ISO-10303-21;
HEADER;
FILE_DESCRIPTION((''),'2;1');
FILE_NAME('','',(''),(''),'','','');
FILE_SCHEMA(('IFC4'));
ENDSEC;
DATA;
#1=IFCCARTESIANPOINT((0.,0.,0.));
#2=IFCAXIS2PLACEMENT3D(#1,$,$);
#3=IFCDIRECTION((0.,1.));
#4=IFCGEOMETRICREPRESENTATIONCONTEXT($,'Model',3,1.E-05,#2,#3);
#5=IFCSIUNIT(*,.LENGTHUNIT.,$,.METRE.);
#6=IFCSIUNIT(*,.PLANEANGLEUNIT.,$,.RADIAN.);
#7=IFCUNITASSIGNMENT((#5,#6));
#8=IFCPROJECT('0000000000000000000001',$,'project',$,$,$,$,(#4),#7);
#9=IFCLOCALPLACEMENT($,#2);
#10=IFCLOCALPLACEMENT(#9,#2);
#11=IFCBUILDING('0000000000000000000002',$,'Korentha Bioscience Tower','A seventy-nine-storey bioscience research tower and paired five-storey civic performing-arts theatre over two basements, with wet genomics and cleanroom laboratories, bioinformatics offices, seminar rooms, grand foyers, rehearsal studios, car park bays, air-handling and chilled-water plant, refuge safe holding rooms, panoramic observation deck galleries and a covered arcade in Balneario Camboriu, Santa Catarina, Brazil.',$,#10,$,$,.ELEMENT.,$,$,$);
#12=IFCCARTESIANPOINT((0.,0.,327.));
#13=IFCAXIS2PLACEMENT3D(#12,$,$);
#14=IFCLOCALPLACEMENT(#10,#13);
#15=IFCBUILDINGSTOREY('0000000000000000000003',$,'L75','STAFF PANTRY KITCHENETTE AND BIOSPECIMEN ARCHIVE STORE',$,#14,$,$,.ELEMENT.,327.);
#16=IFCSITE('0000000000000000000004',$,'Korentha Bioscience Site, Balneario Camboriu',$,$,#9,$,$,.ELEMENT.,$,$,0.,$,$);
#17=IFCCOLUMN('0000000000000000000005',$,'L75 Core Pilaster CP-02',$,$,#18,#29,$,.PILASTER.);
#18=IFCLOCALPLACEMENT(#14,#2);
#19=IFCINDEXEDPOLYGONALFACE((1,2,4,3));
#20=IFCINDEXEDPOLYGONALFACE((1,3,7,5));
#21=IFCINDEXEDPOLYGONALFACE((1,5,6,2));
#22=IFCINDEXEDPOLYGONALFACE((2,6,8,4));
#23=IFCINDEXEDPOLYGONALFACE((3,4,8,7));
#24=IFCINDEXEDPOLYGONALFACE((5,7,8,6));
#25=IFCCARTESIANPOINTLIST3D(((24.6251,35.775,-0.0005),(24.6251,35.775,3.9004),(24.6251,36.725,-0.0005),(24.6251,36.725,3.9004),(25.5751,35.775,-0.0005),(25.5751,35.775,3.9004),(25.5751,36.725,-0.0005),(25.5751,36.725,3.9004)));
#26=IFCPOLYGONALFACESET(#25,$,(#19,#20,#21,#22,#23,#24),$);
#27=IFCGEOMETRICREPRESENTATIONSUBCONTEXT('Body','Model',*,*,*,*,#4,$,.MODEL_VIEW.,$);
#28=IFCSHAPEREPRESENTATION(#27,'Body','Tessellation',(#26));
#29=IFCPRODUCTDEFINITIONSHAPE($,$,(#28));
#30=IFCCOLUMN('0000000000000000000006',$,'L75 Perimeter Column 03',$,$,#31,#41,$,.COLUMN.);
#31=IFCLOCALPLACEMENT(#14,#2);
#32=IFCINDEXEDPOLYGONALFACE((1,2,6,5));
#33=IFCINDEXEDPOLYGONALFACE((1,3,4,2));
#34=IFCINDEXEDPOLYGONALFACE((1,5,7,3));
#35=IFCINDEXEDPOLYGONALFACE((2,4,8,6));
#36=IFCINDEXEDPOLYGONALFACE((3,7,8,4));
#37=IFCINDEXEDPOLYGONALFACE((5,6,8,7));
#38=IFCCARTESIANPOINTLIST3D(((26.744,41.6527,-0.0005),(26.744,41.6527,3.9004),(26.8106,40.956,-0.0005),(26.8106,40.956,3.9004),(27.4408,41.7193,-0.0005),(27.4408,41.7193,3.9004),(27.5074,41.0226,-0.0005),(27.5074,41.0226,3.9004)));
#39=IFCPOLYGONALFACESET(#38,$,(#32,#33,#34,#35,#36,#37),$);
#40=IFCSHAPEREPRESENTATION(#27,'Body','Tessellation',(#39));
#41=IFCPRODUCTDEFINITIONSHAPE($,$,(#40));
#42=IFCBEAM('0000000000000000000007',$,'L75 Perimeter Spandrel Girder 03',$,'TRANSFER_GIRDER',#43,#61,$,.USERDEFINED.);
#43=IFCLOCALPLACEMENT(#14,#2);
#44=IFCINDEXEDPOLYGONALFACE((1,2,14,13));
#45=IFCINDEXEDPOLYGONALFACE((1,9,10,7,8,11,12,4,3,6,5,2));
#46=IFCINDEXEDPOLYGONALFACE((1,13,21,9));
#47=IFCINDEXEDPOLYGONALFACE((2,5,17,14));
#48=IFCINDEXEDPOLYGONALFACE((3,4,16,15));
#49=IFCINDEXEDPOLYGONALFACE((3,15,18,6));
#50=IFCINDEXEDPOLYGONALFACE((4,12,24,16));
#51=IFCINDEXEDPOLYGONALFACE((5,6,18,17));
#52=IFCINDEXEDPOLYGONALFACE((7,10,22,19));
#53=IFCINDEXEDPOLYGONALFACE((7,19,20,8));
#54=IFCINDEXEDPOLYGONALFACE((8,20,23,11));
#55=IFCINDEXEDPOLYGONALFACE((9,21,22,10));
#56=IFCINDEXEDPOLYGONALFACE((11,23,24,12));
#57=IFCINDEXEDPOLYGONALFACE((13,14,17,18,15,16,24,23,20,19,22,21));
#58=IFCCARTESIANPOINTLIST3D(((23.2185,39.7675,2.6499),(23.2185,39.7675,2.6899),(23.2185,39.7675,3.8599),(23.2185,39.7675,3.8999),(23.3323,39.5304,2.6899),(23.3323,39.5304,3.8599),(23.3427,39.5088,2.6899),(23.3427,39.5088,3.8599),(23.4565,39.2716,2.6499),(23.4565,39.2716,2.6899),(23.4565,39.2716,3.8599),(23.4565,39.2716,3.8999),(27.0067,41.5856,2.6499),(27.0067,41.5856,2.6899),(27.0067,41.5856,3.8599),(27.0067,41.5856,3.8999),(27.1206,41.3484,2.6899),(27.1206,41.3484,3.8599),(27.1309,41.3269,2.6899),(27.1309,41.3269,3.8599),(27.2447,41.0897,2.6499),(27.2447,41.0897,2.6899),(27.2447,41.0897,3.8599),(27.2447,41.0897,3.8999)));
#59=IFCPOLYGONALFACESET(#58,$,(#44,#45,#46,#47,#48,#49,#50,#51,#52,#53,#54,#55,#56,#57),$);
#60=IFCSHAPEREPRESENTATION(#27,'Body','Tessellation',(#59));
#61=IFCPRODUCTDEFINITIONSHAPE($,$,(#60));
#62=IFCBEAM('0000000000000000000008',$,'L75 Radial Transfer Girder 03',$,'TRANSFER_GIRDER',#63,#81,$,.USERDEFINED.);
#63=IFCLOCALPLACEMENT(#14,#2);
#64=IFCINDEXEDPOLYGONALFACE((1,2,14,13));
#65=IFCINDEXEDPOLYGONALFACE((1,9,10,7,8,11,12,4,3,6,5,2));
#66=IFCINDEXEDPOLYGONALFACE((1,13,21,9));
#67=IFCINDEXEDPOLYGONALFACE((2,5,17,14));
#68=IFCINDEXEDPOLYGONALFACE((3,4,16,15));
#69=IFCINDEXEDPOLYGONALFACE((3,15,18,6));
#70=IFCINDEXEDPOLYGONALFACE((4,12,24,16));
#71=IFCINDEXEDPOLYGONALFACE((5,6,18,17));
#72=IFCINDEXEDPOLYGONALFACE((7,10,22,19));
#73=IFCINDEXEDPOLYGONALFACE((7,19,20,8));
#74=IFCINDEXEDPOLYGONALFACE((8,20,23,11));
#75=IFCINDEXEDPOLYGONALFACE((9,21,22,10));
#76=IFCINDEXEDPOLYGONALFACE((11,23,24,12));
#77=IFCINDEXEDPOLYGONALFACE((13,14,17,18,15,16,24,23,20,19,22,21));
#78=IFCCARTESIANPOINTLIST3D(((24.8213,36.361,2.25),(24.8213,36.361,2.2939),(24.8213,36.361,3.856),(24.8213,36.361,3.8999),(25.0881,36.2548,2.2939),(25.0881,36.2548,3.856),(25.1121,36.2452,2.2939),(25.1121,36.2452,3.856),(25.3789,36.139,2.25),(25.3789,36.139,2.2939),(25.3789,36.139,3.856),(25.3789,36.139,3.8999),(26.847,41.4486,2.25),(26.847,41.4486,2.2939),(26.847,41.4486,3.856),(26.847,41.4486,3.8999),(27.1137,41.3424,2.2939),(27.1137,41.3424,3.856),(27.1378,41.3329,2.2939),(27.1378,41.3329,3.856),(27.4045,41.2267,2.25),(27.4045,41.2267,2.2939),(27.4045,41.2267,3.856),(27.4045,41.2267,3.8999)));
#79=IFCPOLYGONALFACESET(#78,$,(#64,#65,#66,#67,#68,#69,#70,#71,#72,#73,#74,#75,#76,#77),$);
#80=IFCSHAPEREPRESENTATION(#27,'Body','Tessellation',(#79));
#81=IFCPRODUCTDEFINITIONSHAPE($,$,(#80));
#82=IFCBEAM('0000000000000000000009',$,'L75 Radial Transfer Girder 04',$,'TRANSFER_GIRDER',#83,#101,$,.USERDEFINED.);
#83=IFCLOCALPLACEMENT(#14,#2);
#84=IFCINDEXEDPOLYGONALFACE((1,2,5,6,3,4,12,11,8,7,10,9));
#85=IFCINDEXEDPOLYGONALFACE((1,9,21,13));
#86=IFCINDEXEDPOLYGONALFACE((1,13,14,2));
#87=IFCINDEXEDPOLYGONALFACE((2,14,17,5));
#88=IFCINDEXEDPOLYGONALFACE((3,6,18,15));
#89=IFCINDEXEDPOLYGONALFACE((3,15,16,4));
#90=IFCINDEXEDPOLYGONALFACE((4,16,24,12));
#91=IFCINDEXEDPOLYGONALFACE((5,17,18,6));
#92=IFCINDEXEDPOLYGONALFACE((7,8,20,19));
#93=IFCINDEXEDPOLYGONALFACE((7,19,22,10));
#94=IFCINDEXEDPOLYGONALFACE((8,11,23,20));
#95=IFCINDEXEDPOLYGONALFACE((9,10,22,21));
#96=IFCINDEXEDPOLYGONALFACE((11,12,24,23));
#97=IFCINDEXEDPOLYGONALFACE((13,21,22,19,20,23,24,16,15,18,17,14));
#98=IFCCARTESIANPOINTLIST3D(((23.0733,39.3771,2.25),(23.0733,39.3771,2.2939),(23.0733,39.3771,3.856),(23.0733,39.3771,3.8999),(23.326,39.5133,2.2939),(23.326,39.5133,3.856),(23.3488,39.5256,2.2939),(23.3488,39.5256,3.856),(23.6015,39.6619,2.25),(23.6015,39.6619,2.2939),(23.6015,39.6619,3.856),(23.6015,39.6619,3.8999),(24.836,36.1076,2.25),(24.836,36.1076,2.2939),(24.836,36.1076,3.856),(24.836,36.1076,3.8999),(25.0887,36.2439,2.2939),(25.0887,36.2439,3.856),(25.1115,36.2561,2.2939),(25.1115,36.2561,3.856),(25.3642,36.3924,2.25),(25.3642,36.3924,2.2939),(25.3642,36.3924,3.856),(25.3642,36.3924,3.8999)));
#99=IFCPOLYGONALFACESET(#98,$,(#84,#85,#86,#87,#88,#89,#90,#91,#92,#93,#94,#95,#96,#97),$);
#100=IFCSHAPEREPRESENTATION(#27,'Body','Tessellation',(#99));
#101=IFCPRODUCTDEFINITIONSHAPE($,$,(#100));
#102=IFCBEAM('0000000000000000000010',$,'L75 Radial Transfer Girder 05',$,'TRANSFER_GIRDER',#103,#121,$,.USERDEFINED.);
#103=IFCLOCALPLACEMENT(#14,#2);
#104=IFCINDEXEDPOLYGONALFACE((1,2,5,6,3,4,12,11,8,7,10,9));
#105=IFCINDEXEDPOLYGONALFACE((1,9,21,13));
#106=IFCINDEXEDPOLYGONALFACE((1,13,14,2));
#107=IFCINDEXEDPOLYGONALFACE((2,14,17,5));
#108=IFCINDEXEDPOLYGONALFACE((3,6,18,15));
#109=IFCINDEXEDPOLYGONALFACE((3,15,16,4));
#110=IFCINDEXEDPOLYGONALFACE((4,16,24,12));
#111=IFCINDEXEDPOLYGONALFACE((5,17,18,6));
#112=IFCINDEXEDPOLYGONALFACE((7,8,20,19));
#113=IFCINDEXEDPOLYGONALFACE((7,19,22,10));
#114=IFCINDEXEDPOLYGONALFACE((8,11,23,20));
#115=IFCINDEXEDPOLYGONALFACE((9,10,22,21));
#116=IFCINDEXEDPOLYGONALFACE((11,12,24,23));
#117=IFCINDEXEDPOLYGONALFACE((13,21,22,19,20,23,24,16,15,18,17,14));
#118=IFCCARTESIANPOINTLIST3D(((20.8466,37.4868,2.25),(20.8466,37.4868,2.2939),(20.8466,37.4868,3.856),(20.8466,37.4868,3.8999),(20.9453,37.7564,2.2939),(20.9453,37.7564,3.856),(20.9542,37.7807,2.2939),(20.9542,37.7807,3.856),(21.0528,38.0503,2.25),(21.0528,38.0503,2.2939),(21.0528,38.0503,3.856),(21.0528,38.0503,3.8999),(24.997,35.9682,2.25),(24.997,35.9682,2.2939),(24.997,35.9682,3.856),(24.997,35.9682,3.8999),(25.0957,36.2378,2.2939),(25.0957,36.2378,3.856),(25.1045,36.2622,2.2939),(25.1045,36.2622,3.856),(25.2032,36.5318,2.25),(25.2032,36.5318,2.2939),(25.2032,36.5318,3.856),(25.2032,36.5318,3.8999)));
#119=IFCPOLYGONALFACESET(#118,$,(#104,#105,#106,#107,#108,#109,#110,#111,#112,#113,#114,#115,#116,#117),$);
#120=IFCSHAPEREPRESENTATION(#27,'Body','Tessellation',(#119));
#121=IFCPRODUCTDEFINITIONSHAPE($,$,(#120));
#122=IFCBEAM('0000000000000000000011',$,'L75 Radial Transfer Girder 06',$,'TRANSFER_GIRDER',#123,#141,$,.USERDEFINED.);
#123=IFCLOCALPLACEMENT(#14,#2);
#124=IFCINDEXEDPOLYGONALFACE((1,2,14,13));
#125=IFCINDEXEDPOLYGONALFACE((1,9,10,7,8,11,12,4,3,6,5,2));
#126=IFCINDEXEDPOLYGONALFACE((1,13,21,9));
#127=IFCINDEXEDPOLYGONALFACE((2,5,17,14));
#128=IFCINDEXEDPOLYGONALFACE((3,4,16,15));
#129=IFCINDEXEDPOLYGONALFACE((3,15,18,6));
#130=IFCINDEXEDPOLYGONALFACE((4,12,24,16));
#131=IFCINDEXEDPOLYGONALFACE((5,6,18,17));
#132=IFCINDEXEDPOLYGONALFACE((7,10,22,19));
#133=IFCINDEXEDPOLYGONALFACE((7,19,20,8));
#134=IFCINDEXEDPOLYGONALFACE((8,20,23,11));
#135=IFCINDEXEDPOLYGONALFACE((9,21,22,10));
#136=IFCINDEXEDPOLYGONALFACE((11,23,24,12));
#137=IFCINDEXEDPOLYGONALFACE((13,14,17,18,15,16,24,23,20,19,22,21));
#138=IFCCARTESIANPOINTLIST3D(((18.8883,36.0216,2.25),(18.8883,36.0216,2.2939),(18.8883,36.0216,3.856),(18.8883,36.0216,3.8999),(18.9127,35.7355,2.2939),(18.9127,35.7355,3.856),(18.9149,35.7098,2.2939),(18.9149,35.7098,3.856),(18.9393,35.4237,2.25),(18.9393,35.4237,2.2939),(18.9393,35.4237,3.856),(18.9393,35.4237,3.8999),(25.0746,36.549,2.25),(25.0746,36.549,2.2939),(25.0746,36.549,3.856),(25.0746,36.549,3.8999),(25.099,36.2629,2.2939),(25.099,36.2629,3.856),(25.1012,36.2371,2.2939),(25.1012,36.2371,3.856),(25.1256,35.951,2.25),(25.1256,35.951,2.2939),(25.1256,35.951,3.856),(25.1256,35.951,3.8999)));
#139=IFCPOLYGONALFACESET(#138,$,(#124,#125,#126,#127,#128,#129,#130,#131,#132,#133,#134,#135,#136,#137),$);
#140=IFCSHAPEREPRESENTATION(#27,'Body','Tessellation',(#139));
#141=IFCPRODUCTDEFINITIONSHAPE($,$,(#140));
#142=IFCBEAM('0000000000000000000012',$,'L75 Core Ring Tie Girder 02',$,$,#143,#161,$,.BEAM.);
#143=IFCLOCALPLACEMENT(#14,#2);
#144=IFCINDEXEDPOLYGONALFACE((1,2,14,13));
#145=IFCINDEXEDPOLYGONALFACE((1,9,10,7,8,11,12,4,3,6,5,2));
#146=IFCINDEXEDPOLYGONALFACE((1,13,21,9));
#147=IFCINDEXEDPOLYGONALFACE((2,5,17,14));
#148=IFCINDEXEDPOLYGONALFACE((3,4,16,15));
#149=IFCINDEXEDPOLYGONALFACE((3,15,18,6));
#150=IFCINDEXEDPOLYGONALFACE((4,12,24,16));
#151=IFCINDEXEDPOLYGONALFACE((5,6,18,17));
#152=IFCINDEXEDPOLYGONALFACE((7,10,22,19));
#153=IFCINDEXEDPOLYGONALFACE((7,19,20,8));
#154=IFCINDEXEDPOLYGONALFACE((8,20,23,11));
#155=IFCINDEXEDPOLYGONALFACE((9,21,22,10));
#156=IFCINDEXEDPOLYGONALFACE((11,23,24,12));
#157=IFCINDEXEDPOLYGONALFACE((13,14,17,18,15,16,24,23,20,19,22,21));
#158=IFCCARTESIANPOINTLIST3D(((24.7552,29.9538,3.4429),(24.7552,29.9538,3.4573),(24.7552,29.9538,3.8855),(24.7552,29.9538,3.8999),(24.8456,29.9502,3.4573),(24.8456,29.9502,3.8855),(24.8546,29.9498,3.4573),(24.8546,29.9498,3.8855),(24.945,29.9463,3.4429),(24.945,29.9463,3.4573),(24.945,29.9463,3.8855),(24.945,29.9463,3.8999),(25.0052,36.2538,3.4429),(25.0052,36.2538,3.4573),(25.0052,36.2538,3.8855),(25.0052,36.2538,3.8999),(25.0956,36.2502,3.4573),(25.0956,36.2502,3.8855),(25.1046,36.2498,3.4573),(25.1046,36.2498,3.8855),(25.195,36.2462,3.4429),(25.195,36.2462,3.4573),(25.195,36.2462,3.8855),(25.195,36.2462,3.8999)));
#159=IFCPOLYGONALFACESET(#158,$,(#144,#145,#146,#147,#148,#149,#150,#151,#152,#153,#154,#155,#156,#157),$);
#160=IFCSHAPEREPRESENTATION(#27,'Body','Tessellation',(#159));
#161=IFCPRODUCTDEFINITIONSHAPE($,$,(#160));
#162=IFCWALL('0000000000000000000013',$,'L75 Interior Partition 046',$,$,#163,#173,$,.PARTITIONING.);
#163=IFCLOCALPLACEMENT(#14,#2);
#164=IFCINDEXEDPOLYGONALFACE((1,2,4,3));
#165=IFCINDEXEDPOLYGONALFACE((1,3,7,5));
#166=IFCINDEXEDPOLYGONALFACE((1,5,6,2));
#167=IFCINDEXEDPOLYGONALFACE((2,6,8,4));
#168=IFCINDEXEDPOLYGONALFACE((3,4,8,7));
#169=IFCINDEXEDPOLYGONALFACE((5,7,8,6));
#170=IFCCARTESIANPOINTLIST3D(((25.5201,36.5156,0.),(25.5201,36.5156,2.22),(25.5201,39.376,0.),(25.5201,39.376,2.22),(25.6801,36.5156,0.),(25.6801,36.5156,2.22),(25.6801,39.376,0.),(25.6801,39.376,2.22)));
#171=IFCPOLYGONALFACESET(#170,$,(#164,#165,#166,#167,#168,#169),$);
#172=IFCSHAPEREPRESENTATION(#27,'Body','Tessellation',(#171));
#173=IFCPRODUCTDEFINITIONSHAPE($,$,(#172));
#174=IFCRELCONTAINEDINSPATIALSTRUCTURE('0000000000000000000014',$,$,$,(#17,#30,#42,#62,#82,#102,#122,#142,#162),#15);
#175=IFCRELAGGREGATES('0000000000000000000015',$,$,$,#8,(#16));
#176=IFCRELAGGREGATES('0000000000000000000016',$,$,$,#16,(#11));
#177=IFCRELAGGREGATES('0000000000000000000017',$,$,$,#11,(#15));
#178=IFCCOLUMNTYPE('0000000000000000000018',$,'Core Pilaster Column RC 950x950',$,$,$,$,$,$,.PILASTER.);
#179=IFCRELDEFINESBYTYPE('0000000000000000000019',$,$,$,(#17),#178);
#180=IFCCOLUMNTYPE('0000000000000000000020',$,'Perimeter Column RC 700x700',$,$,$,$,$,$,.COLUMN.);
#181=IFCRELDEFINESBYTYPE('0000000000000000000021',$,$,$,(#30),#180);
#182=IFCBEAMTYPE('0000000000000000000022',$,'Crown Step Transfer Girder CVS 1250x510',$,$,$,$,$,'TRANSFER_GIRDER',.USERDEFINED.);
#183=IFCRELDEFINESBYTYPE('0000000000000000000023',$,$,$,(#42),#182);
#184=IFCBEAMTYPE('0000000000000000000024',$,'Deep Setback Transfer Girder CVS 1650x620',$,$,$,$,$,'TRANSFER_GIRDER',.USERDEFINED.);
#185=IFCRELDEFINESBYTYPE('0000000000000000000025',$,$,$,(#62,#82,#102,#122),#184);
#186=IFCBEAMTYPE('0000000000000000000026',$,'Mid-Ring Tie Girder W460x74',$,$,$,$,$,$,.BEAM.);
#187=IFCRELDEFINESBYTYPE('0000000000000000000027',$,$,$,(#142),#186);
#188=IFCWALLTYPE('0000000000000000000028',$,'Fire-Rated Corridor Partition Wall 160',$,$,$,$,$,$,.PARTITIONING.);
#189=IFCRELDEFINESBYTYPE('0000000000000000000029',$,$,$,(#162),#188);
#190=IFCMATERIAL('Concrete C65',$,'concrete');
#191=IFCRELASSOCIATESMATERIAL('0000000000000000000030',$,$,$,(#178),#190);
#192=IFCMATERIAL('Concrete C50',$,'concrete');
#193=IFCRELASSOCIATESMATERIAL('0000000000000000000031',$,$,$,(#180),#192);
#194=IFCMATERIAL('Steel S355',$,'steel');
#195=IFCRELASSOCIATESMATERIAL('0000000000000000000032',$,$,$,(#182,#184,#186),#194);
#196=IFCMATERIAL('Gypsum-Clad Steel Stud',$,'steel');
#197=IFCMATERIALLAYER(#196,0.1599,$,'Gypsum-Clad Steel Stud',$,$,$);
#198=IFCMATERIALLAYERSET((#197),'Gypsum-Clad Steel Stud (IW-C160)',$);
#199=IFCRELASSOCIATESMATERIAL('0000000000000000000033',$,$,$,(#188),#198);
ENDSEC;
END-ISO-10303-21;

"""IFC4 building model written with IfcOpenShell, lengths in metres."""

from ifc_helpers import new_model, si_unit, direction, frame, frame_2d, origin, origin_2d, place, context, subcontext, project, spatial, rectangle, i_section, extrude, material, layer, layer_set, material_profile, profile_set, type_object, element, save


model = new_model("IFC4")

# Units and contexts
model_context = context("Model", 3, precision=1e-05, world=origin(), true_north=direction((0.0, 1.0)))
body_context = subcontext(model_context, "Body", "Model", "MODEL_VIEW")
ifc_project = project(units=[si_unit("LENGTHUNIT", "METRE"), si_unit("PLANEANGLEUNIT", "RADIAN")], contexts=[model_context])

# Site, building, storey
site_placement = place(None, origin())
site = spatial("IfcSite", under=ifc_project, at=site_placement, Name="Korentha Bioscience Site, Balneario Camboriu", CompositionType="ELEMENT", RefElevation=0.0)
building_placement = place(site_placement, origin())
building = spatial("IfcBuilding", under=site, at=building_placement, Name="Korentha Bioscience Tower", Description="A seventy-nine-storey bioscience research tower and paired five-storey civic performing-arts theatre over two basements, with wet genomics and cleanroom laboratories, bioinformatics offices, seminar rooms, grand foyers, rehearsal studios, car park bays, air-handling and chilled-water plant, refuge safe holding rooms, panoramic observation deck galleries and a covered arcade in Balneario Camboriu, Santa Catarina, Brazil.", CompositionType="ELEMENT")
storey_placement = place(building_placement, frame((0.0, 0.0, 327.0)))
storey = spatial("IfcBuildingStorey", under=building, at=storey_placement, Name="L75", Description="STAFF PANTRY KITCHENETTE AND BIOSPECIMEN ARCHIVE STORE", CompositionType="ELEMENT", Elevation=327.0)

# Columns
ifc_material_1 = material(Name="Concrete C65", Category="concrete")
ifc_material_profile_1 = material_profile(ifc_material_1, rectangle(XDim=0.95, YDim=0.95, at=origin_2d()), Name="Concrete C65")
ifc_profile_set_1 = profile_set([ifc_material_profile_1], Name="Concrete C65 (COL-CP09)")
column_type_1 = type_object("IfcColumnType", Name="Core Pilaster Column RC 950x950", PredefinedType="PILASTER", material=ifc_profile_set_1)
column_1_placement = place(storey_placement, frame((25.1001, 36.25, -0.0005), z_axis=(0.0, 0.0, 1.0), x_axis=(1.0, 0.0, 0.0)))
element("IfcColumn", 1, at=column_1_placement, inside=storey, type_object=column_type_1, Name="L75 Core Pilaster CP-02", PredefinedType="PILASTER", context=body_context, shape_type="SweptSolid", body=[
    extrude(rectangle(XDim=0.95, YDim=0.95, at=origin_2d()), origin(), (0.0, 0.0, 1.0), 3.9009),
])
ifc_material_2 = material(Name="Concrete C50", Category="concrete")
ifc_material_profile_2 = material_profile(ifc_material_2, rectangle(XDim=0.7, YDim=0.7, at=origin_2d()), Name="Concrete C50")
ifc_profile_set_2 = profile_set([ifc_material_profile_2], Name="Concrete C50 (COL-P07)")
column_type_2 = type_object("IfcColumnType", Name="Perimeter Column RC 700x700", PredefinedType="COLUMN", material=ifc_profile_set_2)
column_2_placement = place(storey_placement, frame((27.1257, 41.3376, -0.0005), z_axis=(0.0, 0.0, 1.0), x_axis=(0.995463, 0.095151, 0.0)))
element("IfcColumn", 2, at=column_2_placement, inside=storey, type_object=column_type_2, Name="L75 Perimeter Column 03", PredefinedType="COLUMN", context=body_context, shape_type="SweptSolid", body=[
    extrude(rectangle(XDim=0.7, YDim=0.7, at=origin_2d()), origin(), (0.0, 0.0, 1.0), 3.9009),
])

# Beams
ifc_material_3 = material(Name="Steel S355", Category="steel")
ifc_material_profile_3 = material_profile(ifc_material_3, i_section(OverallWidth=0.55, OverallDepth=1.25, WebThickness=0.0239, FlangeThickness=0.04, at=origin_2d()), Name="Steel S355")
ifc_profile_set_3 = profile_set([ifc_material_profile_3], Name="Steel S355 (TG-03)")
beam_type_1 = type_object("IfcBeamType", Name="Crown Step Transfer Girder CVS 1250x510", ElementType="TRANSFER_GIRDER", PredefinedType="USERDEFINED", material=ifc_profile_set_3)
beam_1_placement = place(storey_placement, frame((27.1257, 41.3376, 3.2749), z_axis=(-0.901549, -0.432676, 0.0), x_axis=(0.432676, -0.901549, 0.0)))
element("IfcBeam", 3, at=beam_1_placement, inside=storey, type_object=beam_type_1, Name="L75 Perimeter Spandrel Girder 03", ObjectType="TRANSFER_GIRDER", PredefinedType="USERDEFINED", context=body_context, shape_type="SweptSolid", body=[
    extrude(i_section(OverallWidth=0.55, OverallDepth=1.25, WebThickness=0.0239, FlangeThickness=0.04, at=origin_2d()), origin(), (0.0, 0.0, 1.0), 4.2019),
])
ifc_material_profile_4 = material_profile(ifc_material_3, i_section(OverallWidth=0.6001, OverallDepth=1.6499, WebThickness=0.0259, FlangeThickness=0.0439, at=origin_2d()), Name="Steel S355")
ifc_profile_set_4 = profile_set([ifc_material_profile_4], Name="Steel S355 (TG-04)")
beam_type_2 = type_object("IfcBeamType", Name="Deep Setback Transfer Girder CVS 1650x620", ElementType="TRANSFER_GIRDER", PredefinedType="USERDEFINED", material=ifc_profile_set_4)
beam_2_placement = place(storey_placement, frame((25.1001, 36.25, 3.075), z_axis=(0.369907, 0.929069, 0.0), x_axis=(-0.929069, 0.369907, 0.0)))
element("IfcBeam", 4, at=beam_2_placement, inside=storey, type_object=beam_type_2, Name="L75 Radial Transfer Girder 03", ObjectType="TRANSFER_GIRDER", PredefinedType="USERDEFINED", context=body_context, shape_type="SweptSolid", body=[
    extrude(i_section(OverallWidth=0.6001, OverallDepth=1.6499, WebThickness=0.0259, FlangeThickness=0.0439, at=origin_2d()), origin(), (0.0, 0.0, 1.0), 5.4761),
])
beam_3_placement = place(storey_placement, frame((25.1001, 36.25, 3.075), z_axis=(-0.474554, 0.880226, 0.0), x_axis=(-0.880226, -0.474554, 0.0)))
element("IfcBeam", 5, at=beam_3_placement, inside=storey, type_object=beam_type_2, Name="L75 Radial Transfer Girder 04", ObjectType="TRANSFER_GIRDER", PredefinedType="USERDEFINED", context=body_context, shape_type="SweptSolid", body=[
    extrude(i_section(OverallWidth=0.6001, OverallDepth=1.6499, WebThickness=0.0259, FlangeThickness=0.0439, at=origin_2d()), origin(), (0.0, 0.0, 1.0), 3.7144),
])
beam_4_placement = place(storey_placement, frame((25.1001, 36.25, 3.075), z_axis=(-0.939114, 0.343605, 0.0), x_axis=(-0.343605, -0.939114, 0.0)))
element("IfcBeam", 6, at=beam_4_placement, inside=storey, type_object=beam_type_2, Name="L75 Radial Transfer Girder 05", ObjectType="TRANSFER_GIRDER", PredefinedType="USERDEFINED", context=body_context, shape_type="SweptSolid", body=[
    extrude(i_section(OverallWidth=0.6001, OverallDepth=1.6499, WebThickness=0.0259, FlangeThickness=0.0439, at=origin_2d()), origin(), (0.0, 0.0, 1.0), 4.4194),
])
beam_5_placement = place(storey_placement, frame((25.1001, 36.25, 3.075), z_axis=(-0.996386, -0.084936, 0.0), x_axis=(0.084936, -0.996386, 0.0)))
element("IfcBeam", 7, at=beam_5_placement, inside=storey, type_object=beam_type_2, Name="L75 Radial Transfer Girder 06", ObjectType="TRANSFER_GIRDER", PredefinedType="USERDEFINED", context=body_context, shape_type="SweptSolid", body=[
    extrude(i_section(OverallWidth=0.6001, OverallDepth=1.6499, WebThickness=0.0259, FlangeThickness=0.0439, at=origin_2d()), origin(), (0.0, 0.0, 1.0), 6.2087),
])
ifc_material_profile_5 = material_profile(ifc_material_3, i_section(OverallWidth=0.1899, OverallDepth=0.457, WebThickness=0.009, FlangeThickness=0.0144, at=origin_2d()), Name="Steel S355")
ifc_profile_set_5 = profile_set([ifc_material_profile_5], Name="Steel S355 (MB-460)")
beam_type_3 = type_object("IfcBeamType", Name="Mid-Ring Tie Girder W460x74", PredefinedType="BEAM", material=ifc_profile_set_5)
beam_6_placement = place(storey_placement, frame((25.1001, 36.25, 3.6714), z_axis=(-0.039651, -0.999214, 0.0), x_axis=(0.999214, -0.039651, 0.0)))
element("IfcBeam", 8, at=beam_6_placement, inside=storey, type_object=beam_type_3, Name="L75 Core Ring Tie Girder 02", PredefinedType="BEAM", context=body_context, shape_type="SweptSolid", body=[
    extrude(i_section(OverallWidth=0.1899, OverallDepth=0.457, WebThickness=0.009, FlangeThickness=0.0144, at=origin_2d()), origin(), (0.0, 0.0, 1.0), 6.3049),
])

# Wall
ifc_material_4 = material(Name="Gypsum-Clad Steel Stud", Category="steel")
ifc_layer_1 = layer(ifc_material_4, 0.1599, Name="Gypsum-Clad Steel Stud")
ifc_layer_set_1 = layer_set([ifc_layer_1], Name="Gypsum-Clad Steel Stud (IW-C160)")
wall_type_1 = type_object("IfcWallType", Name="Fire-Rated Corridor Partition Wall 160", PredefinedType="PARTITIONING", material=ifc_layer_set_1)
wall_1_placement = place(storey_placement, frame((25.6001, 39.376, 0.0), z_axis=(0.0, 0.0, 1.0), x_axis=(0.0, -1.0, 0.0)))
element("IfcWall", 9, at=wall_1_placement, inside=storey, type_object=wall_type_1, Name="L75 Interior Partition 046", PredefinedType="PARTITIONING", context=body_context, shape_type="SweptSolid", body=[
    extrude(rectangle(XDim=2.8604, YDim=0.1599, at=frame_2d((1.4302, 0.0))), origin(), (0.0, 0.0, 1.0), 2.22),
])

save(model, "model.ifc")
